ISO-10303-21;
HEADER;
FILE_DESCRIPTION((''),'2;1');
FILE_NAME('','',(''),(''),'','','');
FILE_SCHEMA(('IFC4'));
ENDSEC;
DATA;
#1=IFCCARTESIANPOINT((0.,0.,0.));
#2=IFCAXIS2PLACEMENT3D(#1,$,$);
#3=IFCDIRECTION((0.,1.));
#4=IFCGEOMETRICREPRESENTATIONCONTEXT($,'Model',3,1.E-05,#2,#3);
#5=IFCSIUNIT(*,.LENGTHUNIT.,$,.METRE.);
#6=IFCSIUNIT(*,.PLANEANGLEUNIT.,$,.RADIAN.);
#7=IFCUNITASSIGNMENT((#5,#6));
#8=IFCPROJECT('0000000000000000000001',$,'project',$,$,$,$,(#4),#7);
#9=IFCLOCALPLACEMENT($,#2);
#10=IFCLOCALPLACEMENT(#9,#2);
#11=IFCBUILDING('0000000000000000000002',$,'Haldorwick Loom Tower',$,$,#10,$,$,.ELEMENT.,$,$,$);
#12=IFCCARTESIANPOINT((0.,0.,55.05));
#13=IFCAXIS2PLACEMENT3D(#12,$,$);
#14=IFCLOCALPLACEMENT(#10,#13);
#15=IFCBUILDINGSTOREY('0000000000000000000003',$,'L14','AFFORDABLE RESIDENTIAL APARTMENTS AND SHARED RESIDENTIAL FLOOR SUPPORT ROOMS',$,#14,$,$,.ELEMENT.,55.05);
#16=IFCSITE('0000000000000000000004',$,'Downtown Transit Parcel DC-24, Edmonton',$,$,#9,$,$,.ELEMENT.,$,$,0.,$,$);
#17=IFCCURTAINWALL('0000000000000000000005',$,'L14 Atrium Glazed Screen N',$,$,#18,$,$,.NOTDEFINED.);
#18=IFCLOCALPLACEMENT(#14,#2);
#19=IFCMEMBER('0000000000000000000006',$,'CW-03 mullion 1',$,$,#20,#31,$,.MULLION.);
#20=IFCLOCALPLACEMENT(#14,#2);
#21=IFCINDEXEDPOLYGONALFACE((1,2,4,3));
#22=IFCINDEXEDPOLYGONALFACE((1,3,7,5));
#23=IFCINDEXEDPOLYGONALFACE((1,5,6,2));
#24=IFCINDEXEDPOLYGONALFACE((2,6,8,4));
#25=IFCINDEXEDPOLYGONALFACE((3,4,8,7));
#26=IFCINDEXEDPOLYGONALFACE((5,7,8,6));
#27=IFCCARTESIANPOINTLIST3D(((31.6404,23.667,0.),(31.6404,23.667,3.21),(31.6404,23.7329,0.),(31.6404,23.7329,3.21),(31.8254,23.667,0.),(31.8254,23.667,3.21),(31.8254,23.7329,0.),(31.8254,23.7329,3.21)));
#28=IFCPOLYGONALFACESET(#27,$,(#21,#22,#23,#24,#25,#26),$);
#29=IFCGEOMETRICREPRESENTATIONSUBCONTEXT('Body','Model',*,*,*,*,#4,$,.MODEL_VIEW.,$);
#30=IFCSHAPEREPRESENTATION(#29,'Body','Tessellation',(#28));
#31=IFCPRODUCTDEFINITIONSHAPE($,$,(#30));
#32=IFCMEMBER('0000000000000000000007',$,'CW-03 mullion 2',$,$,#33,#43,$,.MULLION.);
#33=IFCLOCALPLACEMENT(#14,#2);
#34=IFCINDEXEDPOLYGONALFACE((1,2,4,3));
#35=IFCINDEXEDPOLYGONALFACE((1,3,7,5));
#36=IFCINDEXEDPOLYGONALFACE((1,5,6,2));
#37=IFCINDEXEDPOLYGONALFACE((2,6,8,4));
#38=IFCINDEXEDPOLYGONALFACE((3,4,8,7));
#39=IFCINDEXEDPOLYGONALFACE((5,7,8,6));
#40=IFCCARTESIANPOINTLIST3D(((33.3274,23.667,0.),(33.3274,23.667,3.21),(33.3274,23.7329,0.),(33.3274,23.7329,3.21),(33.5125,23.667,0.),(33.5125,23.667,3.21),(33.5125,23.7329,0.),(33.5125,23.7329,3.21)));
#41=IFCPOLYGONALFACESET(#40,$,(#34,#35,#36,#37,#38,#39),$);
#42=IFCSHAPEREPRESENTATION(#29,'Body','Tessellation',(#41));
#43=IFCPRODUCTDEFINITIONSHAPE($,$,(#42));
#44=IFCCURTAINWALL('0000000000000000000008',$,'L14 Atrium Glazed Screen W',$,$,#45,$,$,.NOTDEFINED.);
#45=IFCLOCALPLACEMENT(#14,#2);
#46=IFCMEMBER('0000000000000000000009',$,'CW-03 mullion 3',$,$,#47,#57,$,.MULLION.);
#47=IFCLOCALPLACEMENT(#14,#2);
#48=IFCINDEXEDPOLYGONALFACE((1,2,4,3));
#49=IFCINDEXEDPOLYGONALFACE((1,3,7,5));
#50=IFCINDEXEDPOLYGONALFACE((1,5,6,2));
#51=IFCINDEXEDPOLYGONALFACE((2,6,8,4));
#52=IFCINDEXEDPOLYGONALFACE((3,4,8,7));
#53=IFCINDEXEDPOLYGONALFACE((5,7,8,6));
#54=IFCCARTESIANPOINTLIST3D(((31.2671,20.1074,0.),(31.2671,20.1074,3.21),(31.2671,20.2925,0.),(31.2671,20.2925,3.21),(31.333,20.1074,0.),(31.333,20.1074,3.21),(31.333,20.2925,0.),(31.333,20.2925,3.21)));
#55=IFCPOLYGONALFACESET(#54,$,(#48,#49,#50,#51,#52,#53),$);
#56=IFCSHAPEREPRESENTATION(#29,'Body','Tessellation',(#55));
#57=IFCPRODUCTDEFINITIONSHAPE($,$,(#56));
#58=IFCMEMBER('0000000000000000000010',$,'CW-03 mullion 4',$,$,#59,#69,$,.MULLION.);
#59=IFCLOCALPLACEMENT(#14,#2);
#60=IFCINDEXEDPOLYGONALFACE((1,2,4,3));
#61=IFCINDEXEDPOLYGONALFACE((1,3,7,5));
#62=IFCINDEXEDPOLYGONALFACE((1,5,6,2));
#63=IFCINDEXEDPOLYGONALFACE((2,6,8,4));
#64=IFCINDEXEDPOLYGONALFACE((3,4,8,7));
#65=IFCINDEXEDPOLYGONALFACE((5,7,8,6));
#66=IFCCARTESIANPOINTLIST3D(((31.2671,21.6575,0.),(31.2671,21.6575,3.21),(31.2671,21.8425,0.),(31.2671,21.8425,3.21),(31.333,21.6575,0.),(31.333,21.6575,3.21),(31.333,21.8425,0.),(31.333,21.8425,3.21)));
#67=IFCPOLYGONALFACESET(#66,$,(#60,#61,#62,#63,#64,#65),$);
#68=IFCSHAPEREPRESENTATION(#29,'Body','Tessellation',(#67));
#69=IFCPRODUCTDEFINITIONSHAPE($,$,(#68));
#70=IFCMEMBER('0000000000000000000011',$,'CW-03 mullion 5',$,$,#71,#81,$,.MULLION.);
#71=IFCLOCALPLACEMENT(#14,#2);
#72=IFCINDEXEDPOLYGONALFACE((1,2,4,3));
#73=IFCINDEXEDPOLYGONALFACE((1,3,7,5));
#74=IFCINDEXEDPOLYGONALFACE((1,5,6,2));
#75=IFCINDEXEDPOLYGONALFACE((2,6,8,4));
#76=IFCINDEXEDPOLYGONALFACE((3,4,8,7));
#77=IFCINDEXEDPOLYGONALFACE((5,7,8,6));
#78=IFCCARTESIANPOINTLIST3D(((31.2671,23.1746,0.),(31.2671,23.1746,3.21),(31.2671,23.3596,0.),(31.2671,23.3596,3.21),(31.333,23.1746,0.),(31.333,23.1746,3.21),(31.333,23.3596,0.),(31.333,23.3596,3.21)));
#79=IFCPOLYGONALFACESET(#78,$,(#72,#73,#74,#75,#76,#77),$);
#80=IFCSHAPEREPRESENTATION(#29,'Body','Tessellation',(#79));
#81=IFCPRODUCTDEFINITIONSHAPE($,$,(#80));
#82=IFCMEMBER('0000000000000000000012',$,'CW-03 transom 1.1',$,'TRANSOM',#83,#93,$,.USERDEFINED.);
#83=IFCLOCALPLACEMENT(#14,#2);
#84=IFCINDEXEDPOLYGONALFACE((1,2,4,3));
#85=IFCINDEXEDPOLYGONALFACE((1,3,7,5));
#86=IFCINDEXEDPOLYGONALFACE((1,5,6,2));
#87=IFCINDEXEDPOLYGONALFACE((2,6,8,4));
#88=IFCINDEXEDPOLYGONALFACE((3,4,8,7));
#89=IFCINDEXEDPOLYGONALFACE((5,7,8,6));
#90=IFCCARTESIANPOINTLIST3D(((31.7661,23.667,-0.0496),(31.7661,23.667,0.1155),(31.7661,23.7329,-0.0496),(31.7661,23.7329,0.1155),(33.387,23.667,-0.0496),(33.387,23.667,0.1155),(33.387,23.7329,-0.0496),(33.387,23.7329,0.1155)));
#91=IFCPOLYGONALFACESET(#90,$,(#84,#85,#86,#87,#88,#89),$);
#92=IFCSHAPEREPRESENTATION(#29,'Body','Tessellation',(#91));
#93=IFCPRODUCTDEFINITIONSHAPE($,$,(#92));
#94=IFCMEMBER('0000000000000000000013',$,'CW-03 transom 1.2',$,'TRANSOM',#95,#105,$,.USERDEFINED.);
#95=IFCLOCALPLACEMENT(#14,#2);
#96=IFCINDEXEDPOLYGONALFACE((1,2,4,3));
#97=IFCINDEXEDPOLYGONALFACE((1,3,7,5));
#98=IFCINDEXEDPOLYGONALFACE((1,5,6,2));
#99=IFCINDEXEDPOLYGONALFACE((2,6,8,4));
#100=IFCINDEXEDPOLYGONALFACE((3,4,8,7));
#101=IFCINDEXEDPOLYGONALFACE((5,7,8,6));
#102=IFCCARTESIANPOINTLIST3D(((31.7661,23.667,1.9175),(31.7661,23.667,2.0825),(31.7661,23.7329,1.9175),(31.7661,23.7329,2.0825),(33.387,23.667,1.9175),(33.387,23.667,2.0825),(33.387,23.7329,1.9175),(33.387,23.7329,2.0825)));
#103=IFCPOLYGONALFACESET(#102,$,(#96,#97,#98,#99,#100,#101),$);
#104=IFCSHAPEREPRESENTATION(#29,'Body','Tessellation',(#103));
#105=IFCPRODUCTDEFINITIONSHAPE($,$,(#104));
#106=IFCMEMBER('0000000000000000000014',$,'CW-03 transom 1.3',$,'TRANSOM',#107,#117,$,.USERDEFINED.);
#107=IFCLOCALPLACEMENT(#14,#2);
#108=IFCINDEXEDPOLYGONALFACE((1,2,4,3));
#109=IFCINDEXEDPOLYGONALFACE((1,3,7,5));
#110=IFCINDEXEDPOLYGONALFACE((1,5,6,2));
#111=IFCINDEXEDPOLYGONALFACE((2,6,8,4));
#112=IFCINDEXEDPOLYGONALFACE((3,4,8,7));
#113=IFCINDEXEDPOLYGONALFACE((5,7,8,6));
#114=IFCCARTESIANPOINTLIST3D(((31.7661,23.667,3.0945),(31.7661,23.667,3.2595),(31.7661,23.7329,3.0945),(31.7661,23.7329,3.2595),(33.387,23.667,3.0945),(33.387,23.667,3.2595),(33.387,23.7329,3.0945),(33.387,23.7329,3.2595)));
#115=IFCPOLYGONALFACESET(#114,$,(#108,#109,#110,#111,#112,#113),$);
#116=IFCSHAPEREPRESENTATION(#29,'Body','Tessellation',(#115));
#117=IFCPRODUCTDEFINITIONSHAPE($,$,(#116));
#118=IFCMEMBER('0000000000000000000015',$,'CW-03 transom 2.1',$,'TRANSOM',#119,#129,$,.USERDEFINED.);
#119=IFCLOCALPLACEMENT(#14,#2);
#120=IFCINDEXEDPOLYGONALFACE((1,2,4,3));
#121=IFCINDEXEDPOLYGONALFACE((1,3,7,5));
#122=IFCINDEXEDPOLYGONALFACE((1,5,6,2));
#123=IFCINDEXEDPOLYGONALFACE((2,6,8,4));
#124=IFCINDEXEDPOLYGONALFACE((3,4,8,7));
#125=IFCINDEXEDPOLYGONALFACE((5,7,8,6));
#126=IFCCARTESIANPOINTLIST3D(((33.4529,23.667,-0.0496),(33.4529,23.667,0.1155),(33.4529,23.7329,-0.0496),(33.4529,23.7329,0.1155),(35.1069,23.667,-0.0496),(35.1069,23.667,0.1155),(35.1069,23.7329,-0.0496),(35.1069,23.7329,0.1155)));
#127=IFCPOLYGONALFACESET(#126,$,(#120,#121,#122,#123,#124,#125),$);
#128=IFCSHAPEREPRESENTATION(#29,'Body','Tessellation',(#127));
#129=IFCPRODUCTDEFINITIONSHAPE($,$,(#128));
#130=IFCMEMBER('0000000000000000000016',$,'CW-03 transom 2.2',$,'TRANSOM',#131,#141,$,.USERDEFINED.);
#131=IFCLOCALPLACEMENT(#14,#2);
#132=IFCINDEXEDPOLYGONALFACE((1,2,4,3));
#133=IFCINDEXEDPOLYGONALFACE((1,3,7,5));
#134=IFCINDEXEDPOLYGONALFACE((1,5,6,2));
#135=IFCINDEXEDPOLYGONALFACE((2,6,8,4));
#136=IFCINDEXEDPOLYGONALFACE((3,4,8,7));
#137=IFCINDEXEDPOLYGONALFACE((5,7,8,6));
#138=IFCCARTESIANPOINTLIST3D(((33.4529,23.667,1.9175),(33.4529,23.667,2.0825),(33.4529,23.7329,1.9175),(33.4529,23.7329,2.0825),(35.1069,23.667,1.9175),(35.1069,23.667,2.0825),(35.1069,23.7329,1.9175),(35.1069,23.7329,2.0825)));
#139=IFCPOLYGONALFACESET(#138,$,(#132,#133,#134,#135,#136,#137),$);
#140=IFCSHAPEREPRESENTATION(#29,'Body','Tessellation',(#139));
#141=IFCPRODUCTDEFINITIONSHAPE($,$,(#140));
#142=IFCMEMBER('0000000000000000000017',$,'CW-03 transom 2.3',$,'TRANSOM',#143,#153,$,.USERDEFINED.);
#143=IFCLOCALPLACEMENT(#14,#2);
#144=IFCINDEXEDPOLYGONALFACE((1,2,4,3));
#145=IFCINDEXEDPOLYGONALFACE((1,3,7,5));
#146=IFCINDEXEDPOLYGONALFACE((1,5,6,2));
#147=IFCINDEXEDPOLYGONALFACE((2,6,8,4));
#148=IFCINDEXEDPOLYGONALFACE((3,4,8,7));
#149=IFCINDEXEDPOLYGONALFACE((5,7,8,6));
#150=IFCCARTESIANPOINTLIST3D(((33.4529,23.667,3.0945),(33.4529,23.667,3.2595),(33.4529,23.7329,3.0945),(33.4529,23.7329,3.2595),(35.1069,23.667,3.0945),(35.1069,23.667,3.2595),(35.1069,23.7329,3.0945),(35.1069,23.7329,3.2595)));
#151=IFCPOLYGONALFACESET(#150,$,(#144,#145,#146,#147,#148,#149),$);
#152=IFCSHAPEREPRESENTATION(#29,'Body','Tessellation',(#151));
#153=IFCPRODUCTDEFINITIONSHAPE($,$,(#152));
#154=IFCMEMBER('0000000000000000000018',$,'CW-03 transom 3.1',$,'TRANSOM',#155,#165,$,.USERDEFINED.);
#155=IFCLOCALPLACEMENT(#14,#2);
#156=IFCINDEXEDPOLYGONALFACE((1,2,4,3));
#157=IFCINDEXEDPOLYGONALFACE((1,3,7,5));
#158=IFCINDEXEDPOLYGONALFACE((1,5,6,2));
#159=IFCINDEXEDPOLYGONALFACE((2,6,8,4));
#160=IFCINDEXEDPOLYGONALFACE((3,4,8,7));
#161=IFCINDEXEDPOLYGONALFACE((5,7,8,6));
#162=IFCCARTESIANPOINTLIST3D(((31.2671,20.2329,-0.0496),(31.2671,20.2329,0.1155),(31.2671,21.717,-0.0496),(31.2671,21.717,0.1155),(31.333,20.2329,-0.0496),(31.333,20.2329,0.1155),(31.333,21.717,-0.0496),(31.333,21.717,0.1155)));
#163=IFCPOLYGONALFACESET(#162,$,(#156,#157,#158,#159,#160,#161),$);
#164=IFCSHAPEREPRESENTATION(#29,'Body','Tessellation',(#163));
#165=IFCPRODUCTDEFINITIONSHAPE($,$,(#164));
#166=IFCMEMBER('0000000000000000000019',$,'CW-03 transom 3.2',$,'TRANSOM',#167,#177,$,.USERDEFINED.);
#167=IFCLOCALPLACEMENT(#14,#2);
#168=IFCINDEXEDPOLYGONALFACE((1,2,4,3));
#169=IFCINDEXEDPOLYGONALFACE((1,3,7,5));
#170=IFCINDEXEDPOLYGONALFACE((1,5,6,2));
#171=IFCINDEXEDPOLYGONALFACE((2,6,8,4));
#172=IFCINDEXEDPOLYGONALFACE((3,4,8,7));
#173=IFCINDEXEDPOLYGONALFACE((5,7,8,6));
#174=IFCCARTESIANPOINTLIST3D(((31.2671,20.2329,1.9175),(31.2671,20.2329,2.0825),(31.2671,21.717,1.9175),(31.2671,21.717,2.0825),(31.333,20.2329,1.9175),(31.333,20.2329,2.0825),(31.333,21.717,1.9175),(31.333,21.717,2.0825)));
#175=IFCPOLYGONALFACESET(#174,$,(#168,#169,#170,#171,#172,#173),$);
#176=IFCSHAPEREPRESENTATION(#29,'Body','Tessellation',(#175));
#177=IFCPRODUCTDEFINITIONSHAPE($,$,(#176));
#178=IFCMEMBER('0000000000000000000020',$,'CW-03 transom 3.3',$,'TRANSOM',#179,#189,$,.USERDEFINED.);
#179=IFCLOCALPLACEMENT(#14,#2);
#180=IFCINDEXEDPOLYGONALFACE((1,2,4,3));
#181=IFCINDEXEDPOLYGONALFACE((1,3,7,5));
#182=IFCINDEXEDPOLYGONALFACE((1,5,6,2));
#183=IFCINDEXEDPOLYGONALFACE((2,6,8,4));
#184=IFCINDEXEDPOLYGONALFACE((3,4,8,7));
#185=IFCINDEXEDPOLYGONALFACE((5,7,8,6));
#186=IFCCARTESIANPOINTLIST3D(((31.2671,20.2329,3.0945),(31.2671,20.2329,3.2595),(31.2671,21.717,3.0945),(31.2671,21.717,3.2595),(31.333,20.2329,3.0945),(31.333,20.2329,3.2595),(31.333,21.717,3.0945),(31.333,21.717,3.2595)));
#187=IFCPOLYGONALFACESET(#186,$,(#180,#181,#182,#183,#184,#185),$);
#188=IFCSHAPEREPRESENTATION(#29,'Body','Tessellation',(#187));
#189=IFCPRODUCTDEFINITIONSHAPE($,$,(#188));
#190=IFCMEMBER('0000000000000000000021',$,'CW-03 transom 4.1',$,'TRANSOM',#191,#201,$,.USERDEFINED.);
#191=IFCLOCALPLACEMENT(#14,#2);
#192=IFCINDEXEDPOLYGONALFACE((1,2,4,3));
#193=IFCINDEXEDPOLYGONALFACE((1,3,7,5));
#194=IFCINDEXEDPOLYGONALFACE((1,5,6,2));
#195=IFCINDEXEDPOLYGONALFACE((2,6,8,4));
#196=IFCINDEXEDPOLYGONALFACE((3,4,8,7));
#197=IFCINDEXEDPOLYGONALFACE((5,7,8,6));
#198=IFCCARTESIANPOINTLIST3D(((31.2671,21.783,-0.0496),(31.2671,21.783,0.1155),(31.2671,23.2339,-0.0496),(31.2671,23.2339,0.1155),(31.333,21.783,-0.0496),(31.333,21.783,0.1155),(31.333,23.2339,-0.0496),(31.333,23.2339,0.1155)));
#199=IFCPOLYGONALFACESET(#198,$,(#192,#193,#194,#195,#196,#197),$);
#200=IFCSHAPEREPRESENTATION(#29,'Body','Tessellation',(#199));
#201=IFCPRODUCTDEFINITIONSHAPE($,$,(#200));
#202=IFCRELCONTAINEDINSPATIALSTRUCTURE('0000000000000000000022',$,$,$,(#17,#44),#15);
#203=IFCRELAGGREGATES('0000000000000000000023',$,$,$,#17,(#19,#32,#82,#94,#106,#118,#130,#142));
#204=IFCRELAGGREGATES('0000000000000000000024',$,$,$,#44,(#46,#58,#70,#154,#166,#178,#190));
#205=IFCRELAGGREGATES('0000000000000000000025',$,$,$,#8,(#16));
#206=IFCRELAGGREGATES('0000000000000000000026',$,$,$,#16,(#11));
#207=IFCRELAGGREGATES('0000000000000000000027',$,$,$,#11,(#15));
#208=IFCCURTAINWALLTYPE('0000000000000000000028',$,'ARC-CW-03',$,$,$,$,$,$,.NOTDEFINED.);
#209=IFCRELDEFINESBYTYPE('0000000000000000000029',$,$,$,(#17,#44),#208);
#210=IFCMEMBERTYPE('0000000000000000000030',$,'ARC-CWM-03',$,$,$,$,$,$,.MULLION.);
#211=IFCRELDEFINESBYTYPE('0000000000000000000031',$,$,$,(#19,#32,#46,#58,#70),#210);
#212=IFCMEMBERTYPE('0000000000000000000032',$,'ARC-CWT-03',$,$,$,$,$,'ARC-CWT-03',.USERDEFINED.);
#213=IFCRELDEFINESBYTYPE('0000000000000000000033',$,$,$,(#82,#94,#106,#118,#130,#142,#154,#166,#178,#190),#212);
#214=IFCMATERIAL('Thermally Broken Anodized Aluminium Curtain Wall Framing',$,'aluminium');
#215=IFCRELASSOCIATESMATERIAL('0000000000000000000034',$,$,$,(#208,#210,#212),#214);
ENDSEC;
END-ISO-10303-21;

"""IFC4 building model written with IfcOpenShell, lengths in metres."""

from ifc_helpers import new_model, si_unit, direction, frame, origin, origin_2d, place, context, subcontext, project, spatial, rectangle, extrude, material, material_profile, profile_set, type_object, element, aggregate, save


model = new_model("IFC4")

# Units and contexts
model_context = context("Model", 3, precision=1e-05, world=origin(), true_north=direction((0.0, 1.0)))
body_context = subcontext(model_context, "Body", "Model", "MODEL_VIEW")
ifc_project = project(units=[si_unit("LENGTHUNIT", "METRE"), si_unit("PLANEANGLEUNIT", "RADIAN")], contexts=[model_context])

# Site, building, storey
site_placement = place(None, origin())
site = spatial("IfcSite", under=ifc_project, at=site_placement, Name="Downtown Transit Parcel DC-24, Edmonton", CompositionType="ELEMENT", RefElevation=0.0)
building_placement = place(site_placement, origin())
building = spatial("IfcBuilding", under=site, at=building_placement, Name="Haldorwick Loom Tower", CompositionType="ELEMENT")
storey_placement = place(building_placement, frame((0.0, 0.0, 55.05)))
storey = spatial("IfcBuildingStorey", under=building, at=storey_placement, Name="L14", Description="AFFORDABLE RESIDENTIAL APARTMENTS AND SHARED RESIDENTIAL FLOOR SUPPORT ROOMS", CompositionType="ELEMENT", Elevation=55.05)

# Curtain walls, members
ifc_material_1 = material(Name="Thermally Broken Anodized Aluminium Curtain Wall Framing", Category="aluminium")
curtain_wall_type = type_object("IfcCurtainWallType", Name="ARC-CW-03", PredefinedType="NOTDEFINED", material=ifc_material_1)
curtain_wall_1_placement = place(storey_placement, origin())
curtain_wall_1 = element("IfcCurtainWall", 1, at=curtain_wall_1_placement, inside=storey, type_object=curtain_wall_type, Name="L14 Atrium Glazed Screen N", PredefinedType="NOTDEFINED")
ifc_material_profile_1 = material_profile(ifc_material_1, rectangle(XDim=0.0659, YDim=0.1851, at=origin_2d()), Name="ALU_MUL_66X185", Category="aluminium")
ifc_profile_set_1 = profile_set([ifc_material_profile_1], Name="Thermally Broken Anodized Aluminium Curtain Wall Framing")
member_type_1 = type_object("IfcMemberType", Name="ARC-CWM-03", PredefinedType="MULLION", material=ifc_profile_set_1)
member_1_placement = place(storey_placement, frame((31.7329, 23.7, 0.0), z_axis=(0.0, 0.0, 1.0), x_axis=(0.0, 1.0, 0.0)))
member_1 = element("IfcMember", 2, at=member_1_placement, type_object=member_type_1, Name="CW-03 mullion 1", PredefinedType="MULLION", context=body_context, shape_type="SweptSolid", body=[
    extrude(rectangle(XDim=0.0659, YDim=0.1851, at=origin_2d()), origin(), (0.0, 0.0, 1.0), 3.21),
])
member_2_placement = place(storey_placement, frame((33.4199, 23.7, 0.0), z_axis=(0.0, 0.0, 1.0), x_axis=(0.0, 1.0, 0.0)))
member_2 = element("IfcMember", 3, at=member_2_placement, type_object=member_type_1, Name="CW-03 mullion 2", PredefinedType="MULLION", context=body_context, shape_type="SweptSolid", body=[
    extrude(rectangle(XDim=0.0659, YDim=0.1851, at=origin_2d()), origin(), (0.0, 0.0, 1.0), 3.21),
])
curtain_wall_2_placement = place(storey_placement, origin())
curtain_wall_2 = element("IfcCurtainWall", 4, at=curtain_wall_2_placement, inside=storey, type_object=curtain_wall_type, Name="L14 Atrium Glazed Screen W", PredefinedType="NOTDEFINED")
member_3_placement = place(storey_placement, frame((31.3, 20.2, 0.0), z_axis=(0.0, 0.0, 1.0), x_axis=(-1.0, 0.0, 0.0)))
member_3 = element("IfcMember", 5, at=member_3_placement, type_object=member_type_1, Name="CW-03 mullion 3", PredefinedType="MULLION", context=body_context, shape_type="SweptSolid", body=[
    extrude(rectangle(XDim=0.0659, YDim=0.1851, at=origin_2d()), origin(), (0.0, 0.0, 1.0), 3.21),
])
member_4_placement = place(storey_placement, frame((31.3, 21.75, 0.0), z_axis=(0.0, 0.0, 1.0), x_axis=(-1.0, 0.0, 0.0)))
member_4 = element("IfcMember", 6, at=member_4_placement, type_object=member_type_1, Name="CW-03 mullion 4", PredefinedType="MULLION", context=body_context, shape_type="SweptSolid", body=[
    extrude(rectangle(XDim=0.0659, YDim=0.1851, at=origin_2d()), origin(), (0.0, 0.0, 1.0), 3.21),
])
member_5_placement = place(storey_placement, frame((31.3, 23.2671, 0.0), z_axis=(0.0, 0.0, 1.0), x_axis=(-1.0, 0.0, 0.0)))
member_5 = element("IfcMember", 7, at=member_5_placement, type_object=member_type_1, Name="CW-03 mullion 5", PredefinedType="MULLION", context=body_context, shape_type="SweptSolid", body=[
    extrude(rectangle(XDim=0.0659, YDim=0.1851, at=origin_2d()), origin(), (0.0, 0.0, 1.0), 3.21),
])

# Members
ifc_material_profile_2 = material_profile(ifc_material_1, rectangle(XDim=0.0659, YDim=0.165, at=origin_2d()), Name="ALU_TRN_66X165", Category="aluminium")
ifc_profile_set_2 = profile_set([ifc_material_profile_2], Name="Thermally Broken Anodized Aluminium Curtain Wall Framing")
member_type_2 = type_object("IfcMemberType", Name="ARC-CWT-03", ElementType="ARC-CWT-03", PredefinedType="USERDEFINED", material=ifc_profile_set_2)
member_6_placement = place(storey_placement, frame((31.7661, 23.7, 0.033), z_axis=(1.0, 0.0, 0.0), x_axis=(0.0, 1.0, 0.0)))
member_6 = element("IfcMember", 8, at=member_6_placement, type_object=member_type_2, Name="CW-03 transom 1.1", ObjectType="TRANSOM", PredefinedType="USERDEFINED", context=body_context, shape_type="SweptSolid", body=[
    extrude(rectangle(XDim=0.0659, YDim=0.165, at=origin_2d()), origin(), (0.0, 0.0, 1.0), 1.6208),
])
member_7_placement = place(storey_placement, frame((31.7661, 23.7, 2.0), z_axis=(1.0, 0.0, 0.0), x_axis=(0.0, 1.0, 0.0)))
member_7 = element("IfcMember", 9, at=member_7_placement, type_object=member_type_2, Name="CW-03 transom 1.2", ObjectType="TRANSOM", PredefinedType="USERDEFINED", context=body_context, shape_type="SweptSolid", body=[
    extrude(rectangle(XDim=0.0659, YDim=0.165, at=origin_2d()), origin(), (0.0, 0.0, 1.0), 1.6208),
])
member_8_placement = place(storey_placement, frame((31.7661, 23.7, 3.177), z_axis=(1.0, 0.0, 0.0), x_axis=(0.0, 1.0, 0.0)))
member_8 = element("IfcMember", 10, at=member_8_placement, type_object=member_type_2, Name="CW-03 transom 1.3", ObjectType="TRANSOM", PredefinedType="USERDEFINED", context=body_context, shape_type="SweptSolid", body=[
    extrude(rectangle(XDim=0.0659, YDim=0.165, at=origin_2d()), origin(), (0.0, 0.0, 1.0), 1.6208),
])
member_9_placement = place(storey_placement, frame((33.4529, 23.7, 0.033), z_axis=(1.0, 0.0, 0.0), x_axis=(0.0, 1.0, 0.0)))
member_9 = element("IfcMember", 11, at=member_9_placement, type_object=member_type_2, Name="CW-03 transom 2.1", ObjectType="TRANSOM", PredefinedType="USERDEFINED", context=body_context, shape_type="SweptSolid", body=[
    extrude(rectangle(XDim=0.0659, YDim=0.165, at=origin_2d()), origin(), (0.0, 0.0, 1.0), 1.6541),
])
member_10_placement = place(storey_placement, frame((33.4529, 23.7, 2.0), z_axis=(1.0, 0.0, 0.0), x_axis=(0.0, 1.0, 0.0)))
member_10 = element("IfcMember", 12, at=member_10_placement, type_object=member_type_2, Name="CW-03 transom 2.2", ObjectType="TRANSOM", PredefinedType="USERDEFINED", context=body_context, shape_type="SweptSolid", body=[
    extrude(rectangle(XDim=0.0659, YDim=0.165, at=origin_2d()), origin(), (0.0, 0.0, 1.0), 1.6541),
])
member_11_placement = place(storey_placement, frame((33.4529, 23.7, 3.177), z_axis=(1.0, 0.0, 0.0), x_axis=(0.0, 1.0, 0.0)))
member_11 = element("IfcMember", 13, at=member_11_placement, type_object=member_type_2, Name="CW-03 transom 2.3", ObjectType="TRANSOM", PredefinedType="USERDEFINED", context=body_context, shape_type="SweptSolid", body=[
    extrude(rectangle(XDim=0.0659, YDim=0.165, at=origin_2d()), origin(), (0.0, 0.0, 1.0), 1.6541),
])
member_12_placement = place(storey_placement, frame((31.3, 20.2329, 0.033), z_axis=(0.0, 1.0, 0.0), x_axis=(-1.0, 0.0, 0.0)))
member_12 = element("IfcMember", 14, at=member_12_placement, type_object=member_type_2, Name="CW-03 transom 3.1", ObjectType="TRANSOM", PredefinedType="USERDEFINED", context=body_context, shape_type="SweptSolid", body=[
    extrude(rectangle(XDim=0.0659, YDim=0.165, at=origin_2d()), origin(), (0.0, 0.0, 1.0), 1.4841),
])
member_13_placement = place(storey_placement, frame((31.3, 20.2329, 2.0), z_axis=(0.0, 1.0, 0.0), x_axis=(-1.0, 0.0, 0.0)))
member_13 = element("IfcMember", 15, at=member_13_placement, type_object=member_type_2, Name="CW-03 transom 3.2", ObjectType="TRANSOM", PredefinedType="USERDEFINED", context=body_context, shape_type="SweptSolid", body=[
    extrude(rectangle(XDim=0.0659, YDim=0.165, at=origin_2d()), origin(), (0.0, 0.0, 1.0), 1.4841),
])
member_14_placement = place(storey_placement, frame((31.3, 20.2329, 3.177), z_axis=(0.0, 1.0, 0.0), x_axis=(-1.0, 0.0, 0.0)))
member_14 = element("IfcMember", 16, at=member_14_placement, type_object=member_type_2, Name="CW-03 transom 3.3", ObjectType="TRANSOM", PredefinedType="USERDEFINED", context=body_context, shape_type="SweptSolid", body=[
    extrude(rectangle(XDim=0.0659, YDim=0.165, at=origin_2d()), origin(), (0.0, 0.0, 1.0), 1.4841),
])
member_15_placement = place(storey_placement, frame((31.3, 21.783, 0.033), z_axis=(0.0, 1.0, 0.0), x_axis=(-1.0, 0.0, 0.0)))
member_15 = element("IfcMember", 17, at=member_15_placement, type_object=member_type_2, Name="CW-03 transom 4.1", ObjectType="TRANSOM", PredefinedType="USERDEFINED", context=body_context, shape_type="SweptSolid", body=[
    extrude(rectangle(XDim=0.0659, YDim=0.165, at=origin_2d()), origin(), (0.0, 0.0, 1.0), 1.4509),
])

aggregate(curtain_wall_1, [member_1, member_2, member_6, member_7, member_8, member_9, member_10, member_11])
aggregate(curtain_wall_2, [member_3, member_4, member_5, member_12, member_13, member_14, member_15])

save(model, "model.ifc")
